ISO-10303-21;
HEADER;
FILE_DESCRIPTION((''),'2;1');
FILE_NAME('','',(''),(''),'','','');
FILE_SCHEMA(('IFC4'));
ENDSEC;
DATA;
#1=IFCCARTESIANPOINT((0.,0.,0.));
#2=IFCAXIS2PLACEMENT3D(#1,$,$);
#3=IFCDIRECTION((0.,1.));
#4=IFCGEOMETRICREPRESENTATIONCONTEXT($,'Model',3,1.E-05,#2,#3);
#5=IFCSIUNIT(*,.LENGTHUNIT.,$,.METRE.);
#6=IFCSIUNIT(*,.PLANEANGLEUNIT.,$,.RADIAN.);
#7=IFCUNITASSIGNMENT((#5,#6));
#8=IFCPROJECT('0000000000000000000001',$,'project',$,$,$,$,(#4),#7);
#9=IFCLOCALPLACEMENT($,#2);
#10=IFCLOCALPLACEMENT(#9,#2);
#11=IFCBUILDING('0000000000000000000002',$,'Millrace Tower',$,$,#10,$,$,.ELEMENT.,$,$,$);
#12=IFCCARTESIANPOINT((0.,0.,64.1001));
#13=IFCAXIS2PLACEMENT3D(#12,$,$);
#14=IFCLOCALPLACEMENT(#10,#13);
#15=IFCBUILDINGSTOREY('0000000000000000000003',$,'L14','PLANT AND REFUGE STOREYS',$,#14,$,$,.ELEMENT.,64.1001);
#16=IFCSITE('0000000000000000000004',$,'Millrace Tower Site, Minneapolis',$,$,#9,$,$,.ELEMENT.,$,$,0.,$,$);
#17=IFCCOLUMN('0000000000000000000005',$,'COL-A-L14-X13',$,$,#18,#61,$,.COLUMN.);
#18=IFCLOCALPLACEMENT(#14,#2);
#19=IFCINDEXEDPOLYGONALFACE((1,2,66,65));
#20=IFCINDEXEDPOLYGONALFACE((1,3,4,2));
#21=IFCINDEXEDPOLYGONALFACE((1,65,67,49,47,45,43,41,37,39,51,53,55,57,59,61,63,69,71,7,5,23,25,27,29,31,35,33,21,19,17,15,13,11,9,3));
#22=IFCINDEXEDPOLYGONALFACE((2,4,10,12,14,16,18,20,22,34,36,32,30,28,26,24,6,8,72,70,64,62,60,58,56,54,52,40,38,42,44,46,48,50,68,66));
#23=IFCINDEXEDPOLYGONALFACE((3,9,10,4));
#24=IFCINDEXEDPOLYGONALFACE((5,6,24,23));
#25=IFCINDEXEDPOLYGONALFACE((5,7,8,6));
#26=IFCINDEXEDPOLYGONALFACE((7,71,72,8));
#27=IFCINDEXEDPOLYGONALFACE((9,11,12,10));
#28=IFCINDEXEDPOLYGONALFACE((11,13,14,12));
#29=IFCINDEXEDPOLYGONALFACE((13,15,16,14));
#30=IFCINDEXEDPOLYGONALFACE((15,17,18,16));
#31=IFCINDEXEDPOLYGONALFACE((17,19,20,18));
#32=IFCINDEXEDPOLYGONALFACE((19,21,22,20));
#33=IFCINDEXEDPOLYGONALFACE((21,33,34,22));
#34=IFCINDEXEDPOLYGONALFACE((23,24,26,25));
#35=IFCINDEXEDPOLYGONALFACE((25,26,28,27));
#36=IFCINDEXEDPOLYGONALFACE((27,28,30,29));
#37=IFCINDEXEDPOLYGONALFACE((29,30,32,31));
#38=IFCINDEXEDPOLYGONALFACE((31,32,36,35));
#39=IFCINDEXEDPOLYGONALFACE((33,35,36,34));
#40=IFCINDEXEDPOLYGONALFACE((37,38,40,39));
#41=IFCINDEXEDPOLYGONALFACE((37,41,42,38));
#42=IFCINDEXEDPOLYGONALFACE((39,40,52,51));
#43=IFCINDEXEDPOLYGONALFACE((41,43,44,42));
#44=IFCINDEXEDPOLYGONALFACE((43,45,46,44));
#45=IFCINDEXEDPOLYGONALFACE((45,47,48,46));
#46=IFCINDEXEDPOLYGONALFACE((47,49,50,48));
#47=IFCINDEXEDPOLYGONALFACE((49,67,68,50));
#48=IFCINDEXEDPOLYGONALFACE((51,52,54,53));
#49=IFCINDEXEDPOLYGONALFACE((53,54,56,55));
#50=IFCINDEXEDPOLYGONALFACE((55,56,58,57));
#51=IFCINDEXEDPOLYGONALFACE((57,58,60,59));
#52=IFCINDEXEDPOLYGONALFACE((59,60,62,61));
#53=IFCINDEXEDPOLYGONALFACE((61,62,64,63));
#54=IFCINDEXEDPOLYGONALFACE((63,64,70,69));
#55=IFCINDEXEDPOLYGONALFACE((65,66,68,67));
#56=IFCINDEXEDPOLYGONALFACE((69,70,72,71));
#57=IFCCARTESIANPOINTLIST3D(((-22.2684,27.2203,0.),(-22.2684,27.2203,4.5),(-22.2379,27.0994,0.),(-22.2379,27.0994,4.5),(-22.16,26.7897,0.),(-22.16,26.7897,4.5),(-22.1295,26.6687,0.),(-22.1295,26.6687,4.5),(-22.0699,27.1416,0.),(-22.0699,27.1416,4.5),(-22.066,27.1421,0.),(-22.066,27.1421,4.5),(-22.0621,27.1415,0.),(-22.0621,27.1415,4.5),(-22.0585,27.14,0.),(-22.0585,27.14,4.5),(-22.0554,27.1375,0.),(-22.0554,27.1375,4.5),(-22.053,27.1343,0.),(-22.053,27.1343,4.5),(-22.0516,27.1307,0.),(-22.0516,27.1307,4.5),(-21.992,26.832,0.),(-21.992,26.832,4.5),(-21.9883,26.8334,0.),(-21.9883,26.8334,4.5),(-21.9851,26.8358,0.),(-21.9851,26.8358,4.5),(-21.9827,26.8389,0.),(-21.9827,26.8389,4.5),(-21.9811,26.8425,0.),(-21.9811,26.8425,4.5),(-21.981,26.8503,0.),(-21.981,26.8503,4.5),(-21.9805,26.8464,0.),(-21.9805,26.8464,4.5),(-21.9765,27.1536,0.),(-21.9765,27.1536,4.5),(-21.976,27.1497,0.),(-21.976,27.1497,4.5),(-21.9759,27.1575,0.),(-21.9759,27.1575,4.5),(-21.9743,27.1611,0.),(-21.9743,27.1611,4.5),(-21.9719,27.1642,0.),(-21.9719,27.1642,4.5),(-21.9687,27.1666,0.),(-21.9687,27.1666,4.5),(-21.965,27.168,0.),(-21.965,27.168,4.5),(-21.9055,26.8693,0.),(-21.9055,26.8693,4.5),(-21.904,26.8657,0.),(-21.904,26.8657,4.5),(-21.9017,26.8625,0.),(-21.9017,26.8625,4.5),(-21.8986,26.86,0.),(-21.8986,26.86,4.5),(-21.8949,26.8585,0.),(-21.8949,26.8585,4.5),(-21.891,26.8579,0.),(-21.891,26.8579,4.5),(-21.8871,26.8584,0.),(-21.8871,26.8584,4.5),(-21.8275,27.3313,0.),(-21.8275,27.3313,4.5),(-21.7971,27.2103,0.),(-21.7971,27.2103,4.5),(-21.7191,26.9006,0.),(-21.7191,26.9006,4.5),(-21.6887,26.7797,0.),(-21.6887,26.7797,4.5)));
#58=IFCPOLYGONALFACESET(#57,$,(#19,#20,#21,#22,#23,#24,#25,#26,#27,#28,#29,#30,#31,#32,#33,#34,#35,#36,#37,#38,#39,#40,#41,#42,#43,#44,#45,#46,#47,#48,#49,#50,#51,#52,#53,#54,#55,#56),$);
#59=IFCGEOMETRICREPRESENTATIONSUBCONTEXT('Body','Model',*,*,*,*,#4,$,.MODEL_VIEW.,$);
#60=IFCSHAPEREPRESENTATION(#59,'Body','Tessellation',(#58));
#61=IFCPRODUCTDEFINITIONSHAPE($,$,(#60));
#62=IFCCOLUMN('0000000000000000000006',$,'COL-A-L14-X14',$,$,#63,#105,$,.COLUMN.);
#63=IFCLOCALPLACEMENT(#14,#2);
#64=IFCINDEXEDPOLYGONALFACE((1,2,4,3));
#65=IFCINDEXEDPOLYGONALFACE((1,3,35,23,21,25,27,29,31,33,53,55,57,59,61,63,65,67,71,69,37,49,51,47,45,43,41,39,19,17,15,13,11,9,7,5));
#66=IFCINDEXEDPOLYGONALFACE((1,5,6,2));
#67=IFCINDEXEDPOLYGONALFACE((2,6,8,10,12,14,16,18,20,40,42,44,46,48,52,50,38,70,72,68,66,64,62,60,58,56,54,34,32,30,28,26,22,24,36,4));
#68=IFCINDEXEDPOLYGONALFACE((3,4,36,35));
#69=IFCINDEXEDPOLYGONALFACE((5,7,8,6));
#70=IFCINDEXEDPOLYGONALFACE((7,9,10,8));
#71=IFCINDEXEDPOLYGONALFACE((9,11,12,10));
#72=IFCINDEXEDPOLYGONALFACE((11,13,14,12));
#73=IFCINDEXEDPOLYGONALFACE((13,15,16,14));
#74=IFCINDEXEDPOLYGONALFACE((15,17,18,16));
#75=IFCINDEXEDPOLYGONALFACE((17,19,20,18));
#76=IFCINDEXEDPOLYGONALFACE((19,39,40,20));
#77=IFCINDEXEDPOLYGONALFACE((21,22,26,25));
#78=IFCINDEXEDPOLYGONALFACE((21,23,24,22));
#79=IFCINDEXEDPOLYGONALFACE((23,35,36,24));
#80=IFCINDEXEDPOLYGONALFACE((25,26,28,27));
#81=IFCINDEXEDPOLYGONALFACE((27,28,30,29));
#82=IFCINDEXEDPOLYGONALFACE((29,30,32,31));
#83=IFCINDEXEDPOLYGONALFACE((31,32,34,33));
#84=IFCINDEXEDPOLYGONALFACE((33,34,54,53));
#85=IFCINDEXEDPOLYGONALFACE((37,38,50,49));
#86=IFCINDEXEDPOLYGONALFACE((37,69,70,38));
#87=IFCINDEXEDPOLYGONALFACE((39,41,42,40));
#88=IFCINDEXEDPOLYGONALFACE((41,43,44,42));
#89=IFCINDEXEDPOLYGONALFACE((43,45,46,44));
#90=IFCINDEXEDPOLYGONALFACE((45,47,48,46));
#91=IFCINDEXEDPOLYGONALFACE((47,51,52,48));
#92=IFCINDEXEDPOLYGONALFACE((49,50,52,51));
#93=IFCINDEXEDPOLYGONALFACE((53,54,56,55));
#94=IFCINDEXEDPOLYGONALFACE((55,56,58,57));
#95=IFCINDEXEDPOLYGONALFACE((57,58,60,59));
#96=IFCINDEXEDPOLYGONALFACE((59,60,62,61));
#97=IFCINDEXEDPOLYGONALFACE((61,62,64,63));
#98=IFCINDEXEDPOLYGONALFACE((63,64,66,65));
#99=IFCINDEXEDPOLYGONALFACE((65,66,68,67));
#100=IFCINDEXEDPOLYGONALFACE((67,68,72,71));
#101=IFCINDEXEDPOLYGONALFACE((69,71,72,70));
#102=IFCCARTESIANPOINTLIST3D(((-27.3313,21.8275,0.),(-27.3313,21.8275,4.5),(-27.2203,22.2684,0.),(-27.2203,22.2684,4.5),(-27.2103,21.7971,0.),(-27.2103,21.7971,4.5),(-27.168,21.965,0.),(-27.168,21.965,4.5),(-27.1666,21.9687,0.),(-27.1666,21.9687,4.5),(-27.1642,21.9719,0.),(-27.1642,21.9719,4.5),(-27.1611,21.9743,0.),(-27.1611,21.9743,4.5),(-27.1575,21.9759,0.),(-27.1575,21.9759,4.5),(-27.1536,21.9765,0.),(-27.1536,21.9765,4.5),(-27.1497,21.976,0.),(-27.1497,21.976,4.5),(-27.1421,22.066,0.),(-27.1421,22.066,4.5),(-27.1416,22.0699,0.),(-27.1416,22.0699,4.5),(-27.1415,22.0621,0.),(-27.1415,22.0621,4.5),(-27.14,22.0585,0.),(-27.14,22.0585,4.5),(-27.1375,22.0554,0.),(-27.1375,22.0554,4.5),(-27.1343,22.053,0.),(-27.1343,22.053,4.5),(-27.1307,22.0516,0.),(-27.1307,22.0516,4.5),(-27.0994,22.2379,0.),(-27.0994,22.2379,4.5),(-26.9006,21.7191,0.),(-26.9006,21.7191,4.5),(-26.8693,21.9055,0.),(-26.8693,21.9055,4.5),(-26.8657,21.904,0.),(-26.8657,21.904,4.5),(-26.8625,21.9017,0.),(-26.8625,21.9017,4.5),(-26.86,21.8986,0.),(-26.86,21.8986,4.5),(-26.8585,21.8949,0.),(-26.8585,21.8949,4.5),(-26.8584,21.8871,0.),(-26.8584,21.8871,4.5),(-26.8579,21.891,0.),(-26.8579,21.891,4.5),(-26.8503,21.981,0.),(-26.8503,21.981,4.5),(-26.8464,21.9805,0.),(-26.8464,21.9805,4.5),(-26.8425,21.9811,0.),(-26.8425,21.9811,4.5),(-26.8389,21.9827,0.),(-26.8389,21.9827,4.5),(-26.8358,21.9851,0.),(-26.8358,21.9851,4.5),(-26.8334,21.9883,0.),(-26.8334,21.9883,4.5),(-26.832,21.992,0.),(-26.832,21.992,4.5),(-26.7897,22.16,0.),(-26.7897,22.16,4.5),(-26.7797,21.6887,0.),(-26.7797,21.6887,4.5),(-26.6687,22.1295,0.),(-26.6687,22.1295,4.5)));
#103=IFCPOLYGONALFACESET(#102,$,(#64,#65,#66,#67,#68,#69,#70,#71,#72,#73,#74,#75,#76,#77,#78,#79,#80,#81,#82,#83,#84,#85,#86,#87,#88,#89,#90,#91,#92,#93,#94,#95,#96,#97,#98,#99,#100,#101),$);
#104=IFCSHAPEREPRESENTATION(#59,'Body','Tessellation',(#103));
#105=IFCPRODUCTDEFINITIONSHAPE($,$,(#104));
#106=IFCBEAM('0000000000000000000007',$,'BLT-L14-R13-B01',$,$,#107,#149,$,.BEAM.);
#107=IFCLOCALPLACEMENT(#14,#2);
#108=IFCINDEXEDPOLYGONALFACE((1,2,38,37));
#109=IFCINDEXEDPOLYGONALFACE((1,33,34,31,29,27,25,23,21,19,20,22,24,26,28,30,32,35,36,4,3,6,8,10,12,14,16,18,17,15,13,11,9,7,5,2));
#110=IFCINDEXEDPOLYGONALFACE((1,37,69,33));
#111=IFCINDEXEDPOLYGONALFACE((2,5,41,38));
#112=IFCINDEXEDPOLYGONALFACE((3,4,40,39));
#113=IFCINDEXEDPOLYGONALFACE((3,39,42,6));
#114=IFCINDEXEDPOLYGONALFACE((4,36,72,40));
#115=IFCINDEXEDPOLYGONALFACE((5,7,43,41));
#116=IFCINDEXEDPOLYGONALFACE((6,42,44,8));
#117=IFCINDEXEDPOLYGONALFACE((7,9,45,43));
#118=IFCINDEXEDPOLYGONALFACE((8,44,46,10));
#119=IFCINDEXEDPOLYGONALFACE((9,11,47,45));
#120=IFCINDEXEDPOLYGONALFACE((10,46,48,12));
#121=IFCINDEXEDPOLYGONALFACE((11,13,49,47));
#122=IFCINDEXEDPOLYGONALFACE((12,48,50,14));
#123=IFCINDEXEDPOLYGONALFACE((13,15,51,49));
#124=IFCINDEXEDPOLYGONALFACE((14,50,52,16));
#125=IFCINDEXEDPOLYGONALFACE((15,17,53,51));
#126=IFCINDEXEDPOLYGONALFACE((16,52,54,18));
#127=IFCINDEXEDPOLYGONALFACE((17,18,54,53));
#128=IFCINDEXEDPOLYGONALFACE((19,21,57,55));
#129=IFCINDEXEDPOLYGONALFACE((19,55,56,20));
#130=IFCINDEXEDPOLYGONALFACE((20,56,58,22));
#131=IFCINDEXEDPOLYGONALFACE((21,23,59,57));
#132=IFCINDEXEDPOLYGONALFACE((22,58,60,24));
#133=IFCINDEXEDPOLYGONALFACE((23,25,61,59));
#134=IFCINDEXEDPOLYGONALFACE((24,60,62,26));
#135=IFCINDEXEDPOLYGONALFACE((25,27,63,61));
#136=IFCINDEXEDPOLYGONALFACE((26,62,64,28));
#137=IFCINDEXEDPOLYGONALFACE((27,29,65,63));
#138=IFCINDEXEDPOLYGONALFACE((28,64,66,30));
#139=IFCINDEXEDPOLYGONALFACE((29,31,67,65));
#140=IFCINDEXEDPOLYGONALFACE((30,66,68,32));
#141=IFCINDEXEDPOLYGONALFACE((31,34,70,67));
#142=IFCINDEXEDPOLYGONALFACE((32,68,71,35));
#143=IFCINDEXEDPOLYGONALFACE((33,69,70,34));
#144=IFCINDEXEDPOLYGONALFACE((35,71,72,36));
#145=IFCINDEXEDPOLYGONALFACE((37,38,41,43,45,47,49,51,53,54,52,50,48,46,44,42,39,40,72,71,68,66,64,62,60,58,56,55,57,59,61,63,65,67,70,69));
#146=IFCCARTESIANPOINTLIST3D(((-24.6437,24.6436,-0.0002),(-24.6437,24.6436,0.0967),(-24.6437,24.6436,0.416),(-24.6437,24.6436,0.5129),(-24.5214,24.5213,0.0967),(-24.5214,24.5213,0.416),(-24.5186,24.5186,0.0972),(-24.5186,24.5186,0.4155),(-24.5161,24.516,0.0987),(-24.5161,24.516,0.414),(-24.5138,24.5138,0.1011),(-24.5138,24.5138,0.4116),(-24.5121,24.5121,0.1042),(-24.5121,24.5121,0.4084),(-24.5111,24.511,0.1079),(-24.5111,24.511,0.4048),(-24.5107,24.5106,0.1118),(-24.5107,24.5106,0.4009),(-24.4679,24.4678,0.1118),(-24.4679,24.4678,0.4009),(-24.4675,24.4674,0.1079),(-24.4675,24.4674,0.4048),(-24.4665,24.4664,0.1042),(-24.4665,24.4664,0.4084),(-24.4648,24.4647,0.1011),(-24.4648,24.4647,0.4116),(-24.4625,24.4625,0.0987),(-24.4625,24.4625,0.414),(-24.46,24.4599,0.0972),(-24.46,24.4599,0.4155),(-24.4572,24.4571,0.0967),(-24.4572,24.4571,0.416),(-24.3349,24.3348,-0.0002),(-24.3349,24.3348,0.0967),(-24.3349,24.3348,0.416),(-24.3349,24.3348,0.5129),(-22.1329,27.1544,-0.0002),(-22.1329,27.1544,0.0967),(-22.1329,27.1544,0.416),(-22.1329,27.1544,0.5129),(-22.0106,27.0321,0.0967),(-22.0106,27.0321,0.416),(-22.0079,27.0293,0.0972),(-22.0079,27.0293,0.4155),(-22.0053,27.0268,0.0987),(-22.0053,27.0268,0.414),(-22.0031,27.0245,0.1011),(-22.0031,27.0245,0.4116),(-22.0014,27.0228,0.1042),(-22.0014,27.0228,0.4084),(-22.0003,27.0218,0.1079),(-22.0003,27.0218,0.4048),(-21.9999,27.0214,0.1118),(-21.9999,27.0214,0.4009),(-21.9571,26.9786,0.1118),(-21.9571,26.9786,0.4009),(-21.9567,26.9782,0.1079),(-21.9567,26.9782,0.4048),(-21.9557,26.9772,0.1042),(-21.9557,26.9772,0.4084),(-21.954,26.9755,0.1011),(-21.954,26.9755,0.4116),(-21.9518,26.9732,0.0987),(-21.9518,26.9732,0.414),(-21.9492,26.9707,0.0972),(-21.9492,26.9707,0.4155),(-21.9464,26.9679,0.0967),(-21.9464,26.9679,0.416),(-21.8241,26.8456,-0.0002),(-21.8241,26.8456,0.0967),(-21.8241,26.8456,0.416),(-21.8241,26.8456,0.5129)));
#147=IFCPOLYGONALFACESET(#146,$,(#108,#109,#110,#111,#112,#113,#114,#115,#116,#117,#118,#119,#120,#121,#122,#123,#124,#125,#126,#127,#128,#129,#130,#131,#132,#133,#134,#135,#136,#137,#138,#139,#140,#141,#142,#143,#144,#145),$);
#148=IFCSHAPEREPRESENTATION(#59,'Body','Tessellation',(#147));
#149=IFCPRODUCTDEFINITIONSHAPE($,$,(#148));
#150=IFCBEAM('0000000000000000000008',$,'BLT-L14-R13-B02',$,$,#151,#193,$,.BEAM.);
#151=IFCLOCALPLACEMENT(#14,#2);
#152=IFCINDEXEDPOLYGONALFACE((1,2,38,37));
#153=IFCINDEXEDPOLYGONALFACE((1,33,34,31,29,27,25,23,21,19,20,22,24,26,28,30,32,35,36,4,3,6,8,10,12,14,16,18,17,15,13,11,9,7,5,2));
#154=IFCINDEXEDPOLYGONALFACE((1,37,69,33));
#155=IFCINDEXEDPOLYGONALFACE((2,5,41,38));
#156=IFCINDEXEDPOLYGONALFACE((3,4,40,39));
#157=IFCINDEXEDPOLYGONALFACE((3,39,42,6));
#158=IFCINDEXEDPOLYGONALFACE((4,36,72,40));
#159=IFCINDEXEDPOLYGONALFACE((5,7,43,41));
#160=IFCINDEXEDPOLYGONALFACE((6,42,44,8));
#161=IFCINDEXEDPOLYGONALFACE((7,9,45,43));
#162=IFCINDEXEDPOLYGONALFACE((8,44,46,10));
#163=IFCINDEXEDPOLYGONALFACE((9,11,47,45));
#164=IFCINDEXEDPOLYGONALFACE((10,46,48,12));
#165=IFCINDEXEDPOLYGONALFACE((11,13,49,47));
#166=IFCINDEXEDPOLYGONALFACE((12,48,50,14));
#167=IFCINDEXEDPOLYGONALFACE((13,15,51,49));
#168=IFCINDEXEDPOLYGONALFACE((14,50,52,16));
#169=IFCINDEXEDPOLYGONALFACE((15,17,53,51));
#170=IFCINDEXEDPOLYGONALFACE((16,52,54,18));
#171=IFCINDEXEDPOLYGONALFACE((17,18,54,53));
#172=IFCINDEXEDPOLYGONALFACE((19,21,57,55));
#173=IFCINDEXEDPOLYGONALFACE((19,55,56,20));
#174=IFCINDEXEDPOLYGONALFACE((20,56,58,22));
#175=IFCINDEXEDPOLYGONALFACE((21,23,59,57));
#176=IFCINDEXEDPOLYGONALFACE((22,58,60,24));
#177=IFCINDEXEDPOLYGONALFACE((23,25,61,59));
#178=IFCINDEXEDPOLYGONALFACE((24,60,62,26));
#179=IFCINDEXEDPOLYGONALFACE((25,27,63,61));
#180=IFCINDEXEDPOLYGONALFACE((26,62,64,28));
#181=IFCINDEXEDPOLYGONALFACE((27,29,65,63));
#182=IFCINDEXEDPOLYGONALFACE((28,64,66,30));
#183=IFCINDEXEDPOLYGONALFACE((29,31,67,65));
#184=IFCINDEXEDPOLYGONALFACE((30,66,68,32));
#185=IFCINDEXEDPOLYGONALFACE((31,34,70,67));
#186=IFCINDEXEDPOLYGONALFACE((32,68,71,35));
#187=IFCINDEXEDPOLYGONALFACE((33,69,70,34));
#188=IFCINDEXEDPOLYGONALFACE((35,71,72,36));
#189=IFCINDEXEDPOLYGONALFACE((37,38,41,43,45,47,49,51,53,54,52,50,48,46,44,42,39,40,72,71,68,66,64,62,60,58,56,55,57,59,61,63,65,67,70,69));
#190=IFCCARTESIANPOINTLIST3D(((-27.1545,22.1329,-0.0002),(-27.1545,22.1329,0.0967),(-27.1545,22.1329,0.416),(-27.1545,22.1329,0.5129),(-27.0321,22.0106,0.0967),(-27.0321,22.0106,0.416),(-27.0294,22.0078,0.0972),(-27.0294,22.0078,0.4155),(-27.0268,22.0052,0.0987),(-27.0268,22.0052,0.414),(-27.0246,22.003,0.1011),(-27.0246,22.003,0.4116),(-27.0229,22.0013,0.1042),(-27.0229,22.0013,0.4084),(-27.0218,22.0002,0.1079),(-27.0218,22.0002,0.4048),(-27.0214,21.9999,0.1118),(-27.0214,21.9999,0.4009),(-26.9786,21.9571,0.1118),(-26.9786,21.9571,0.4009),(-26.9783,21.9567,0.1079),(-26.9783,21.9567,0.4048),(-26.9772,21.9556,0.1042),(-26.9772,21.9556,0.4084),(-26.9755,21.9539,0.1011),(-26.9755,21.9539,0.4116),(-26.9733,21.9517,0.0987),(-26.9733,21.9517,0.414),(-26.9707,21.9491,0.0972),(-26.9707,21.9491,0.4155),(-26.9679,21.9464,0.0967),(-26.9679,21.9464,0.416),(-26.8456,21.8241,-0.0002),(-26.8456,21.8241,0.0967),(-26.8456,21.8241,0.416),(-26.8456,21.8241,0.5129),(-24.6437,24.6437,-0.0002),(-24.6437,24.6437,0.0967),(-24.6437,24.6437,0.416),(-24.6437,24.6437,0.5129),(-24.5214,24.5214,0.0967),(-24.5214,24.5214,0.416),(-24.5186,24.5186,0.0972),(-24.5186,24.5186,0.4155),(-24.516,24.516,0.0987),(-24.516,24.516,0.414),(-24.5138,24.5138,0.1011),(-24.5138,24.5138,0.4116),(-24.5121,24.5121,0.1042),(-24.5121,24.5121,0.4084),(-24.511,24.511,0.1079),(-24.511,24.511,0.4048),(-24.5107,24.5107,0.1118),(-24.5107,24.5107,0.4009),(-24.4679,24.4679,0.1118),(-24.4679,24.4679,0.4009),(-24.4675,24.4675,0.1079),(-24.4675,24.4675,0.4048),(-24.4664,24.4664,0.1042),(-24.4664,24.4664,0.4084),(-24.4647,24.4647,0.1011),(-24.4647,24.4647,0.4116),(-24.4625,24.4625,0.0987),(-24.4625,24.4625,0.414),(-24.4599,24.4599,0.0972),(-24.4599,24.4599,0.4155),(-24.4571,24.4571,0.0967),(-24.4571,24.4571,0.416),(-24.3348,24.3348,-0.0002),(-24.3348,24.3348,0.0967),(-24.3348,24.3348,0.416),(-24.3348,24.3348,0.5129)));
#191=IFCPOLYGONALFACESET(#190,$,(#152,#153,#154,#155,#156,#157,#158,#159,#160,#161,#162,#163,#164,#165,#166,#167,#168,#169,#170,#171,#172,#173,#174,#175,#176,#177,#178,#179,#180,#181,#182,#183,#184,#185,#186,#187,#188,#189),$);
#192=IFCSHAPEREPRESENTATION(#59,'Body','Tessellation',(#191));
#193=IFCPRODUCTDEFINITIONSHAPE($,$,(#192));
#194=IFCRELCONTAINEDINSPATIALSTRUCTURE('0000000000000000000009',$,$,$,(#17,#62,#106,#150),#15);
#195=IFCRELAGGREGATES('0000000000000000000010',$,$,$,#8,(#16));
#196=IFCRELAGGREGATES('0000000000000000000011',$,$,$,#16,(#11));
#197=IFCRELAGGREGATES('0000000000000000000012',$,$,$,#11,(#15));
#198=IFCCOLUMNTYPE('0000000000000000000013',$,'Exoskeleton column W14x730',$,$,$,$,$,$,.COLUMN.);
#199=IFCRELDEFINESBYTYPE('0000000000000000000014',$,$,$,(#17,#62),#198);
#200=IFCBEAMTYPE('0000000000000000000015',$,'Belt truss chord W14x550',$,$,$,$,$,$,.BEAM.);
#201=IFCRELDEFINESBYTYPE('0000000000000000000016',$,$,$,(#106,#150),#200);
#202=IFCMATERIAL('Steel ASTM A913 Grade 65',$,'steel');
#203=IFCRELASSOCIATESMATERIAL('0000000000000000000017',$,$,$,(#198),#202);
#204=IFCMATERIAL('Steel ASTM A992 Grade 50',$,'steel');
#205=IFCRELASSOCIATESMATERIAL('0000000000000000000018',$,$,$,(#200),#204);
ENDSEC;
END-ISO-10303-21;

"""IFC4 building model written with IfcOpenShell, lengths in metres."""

from ifc_helpers import new_model, si_unit, direction, frame, origin, origin_2d, place, context, subcontext, project, spatial, i_section, extrude, material, material_profile, profile_set, type_object, element, save


model = new_model("IFC4")

# Units and contexts
model_context = context("Model", 3, precision=1e-05, world=origin(), true_north=direction((0.0, 1.0)))
body_context = subcontext(model_context, "Body", "Model", "MODEL_VIEW")
ifc_project = project(units=[si_unit("LENGTHUNIT", "METRE"), si_unit("PLANEANGLEUNIT", "RADIAN")], contexts=[model_context])

# Site, building, storey
site_placement = place(None, origin())
site = spatial("IfcSite", under=ifc_project, at=site_placement, Name="Millrace Tower Site, Minneapolis", CompositionType="ELEMENT", RefElevation=0.0)
building_placement = place(site_placement, origin())
building = spatial("IfcBuilding", under=site, at=building_placement, Name="Millrace Tower", CompositionType="ELEMENT")
storey_placement = place(building_placement, frame((0.0, 0.0, 64.1001)))
storey = spatial("IfcBuildingStorey", under=building, at=storey_placement, Name="L14", Description="PLANT AND REFUGE STOREYS", CompositionType="ELEMENT", Elevation=64.1001)

# Columns
ifc_material_1 = material(Name="Steel ASTM A913 Grade 65", Category="steel")
ifc_material_profile_1 = material_profile(ifc_material_1, i_section(OverallWidth=0.4546, OverallDepth=0.5688, WebThickness=0.0779, FlangeThickness=0.1248, FilletRadius=0.0151, at=origin_2d()))
ifc_profile_set_1 = profile_set([ifc_material_profile_1], Name="Steel ASTM A913 Grade 65")
column_type = type_object("IfcColumnType", Name="Exoskeleton column W14x730", PredefinedType="COLUMN", material=ifc_profile_set_1)
for number, where, z_axis, x_axis, name in (
    (1, (-21.9785, 27.0, 0.0), (0.0, 0.0, 1.0), (-0.969752, -0.244094, 0.0), "COL-A-L14-X13"),
    (2, (-27.0, 21.9785, 0.0), (0.0, 0.0, 1.0), (-0.244094, -0.969752, 0.0), "COL-A-L14-X14"),
):
    element("IfcColumn", number, at=place(storey_placement, frame(where, z_axis=z_axis, x_axis=x_axis)), inside=storey, type_object=column_type, Name=name, PredefinedType="COLUMN", context=body_context, shape_type="SweptSolid", body=[
        extrude(i_section(OverallWidth=0.4546, OverallDepth=0.5688, WebThickness=0.0779, FlangeThickness=0.1248, FilletRadius=0.0151, at=origin_2d()), origin(), (0.0, 0.0, 1.0), 4.5),
    ])

# Beams
ifc_material_2 = material(Name="Steel ASTM A992 Grade 50", Category="steel")
ifc_material_profile_2 = material_profile(ifc_material_2, i_section(OverallWidth=0.4368, OverallDepth=0.5132, WebThickness=0.0605, FlangeThickness=0.0969, FilletRadius=0.0151, at=origin_2d()))
ifc_profile_set_2 = profile_set([ifc_material_profile_2], Name="Steel ASTM A992 Grade 50")
beam_type_1 = type_object("IfcBeamType", Name="Belt truss chord W14x550", PredefinedType="BEAM", material=ifc_profile_set_2)
for number, where, z_axis, x_axis, name in (
    (3, (-21.9785, 27.0, 0.2563), (-0.707107, -0.707107, 0.0), (0.707107, -0.707107, 0.0), "BLT-L14-R13-B01"),
    (4, (-24.4893, 24.4893, 0.2563), (-0.707107, -0.707107, 0.0), (0.707107, -0.707107, 0.0), "BLT-L14-R13-B02"),
):
    element("IfcBeam", number, at=place(storey_placement, frame(where, z_axis=z_axis, x_axis=x_axis)), inside=storey, type_object=beam_type_1, Name=name, PredefinedType="BEAM", context=body_context, shape_type="SweptSolid", body=[
        extrude(i_section(OverallWidth=0.4368, OverallDepth=0.5132, WebThickness=0.0605, FlangeThickness=0.0969, FilletRadius=0.0151, at=origin_2d()), origin(), (0.0, 0.0, 1.0), 3.5508),
    ])

save(model, "model.ifc")
